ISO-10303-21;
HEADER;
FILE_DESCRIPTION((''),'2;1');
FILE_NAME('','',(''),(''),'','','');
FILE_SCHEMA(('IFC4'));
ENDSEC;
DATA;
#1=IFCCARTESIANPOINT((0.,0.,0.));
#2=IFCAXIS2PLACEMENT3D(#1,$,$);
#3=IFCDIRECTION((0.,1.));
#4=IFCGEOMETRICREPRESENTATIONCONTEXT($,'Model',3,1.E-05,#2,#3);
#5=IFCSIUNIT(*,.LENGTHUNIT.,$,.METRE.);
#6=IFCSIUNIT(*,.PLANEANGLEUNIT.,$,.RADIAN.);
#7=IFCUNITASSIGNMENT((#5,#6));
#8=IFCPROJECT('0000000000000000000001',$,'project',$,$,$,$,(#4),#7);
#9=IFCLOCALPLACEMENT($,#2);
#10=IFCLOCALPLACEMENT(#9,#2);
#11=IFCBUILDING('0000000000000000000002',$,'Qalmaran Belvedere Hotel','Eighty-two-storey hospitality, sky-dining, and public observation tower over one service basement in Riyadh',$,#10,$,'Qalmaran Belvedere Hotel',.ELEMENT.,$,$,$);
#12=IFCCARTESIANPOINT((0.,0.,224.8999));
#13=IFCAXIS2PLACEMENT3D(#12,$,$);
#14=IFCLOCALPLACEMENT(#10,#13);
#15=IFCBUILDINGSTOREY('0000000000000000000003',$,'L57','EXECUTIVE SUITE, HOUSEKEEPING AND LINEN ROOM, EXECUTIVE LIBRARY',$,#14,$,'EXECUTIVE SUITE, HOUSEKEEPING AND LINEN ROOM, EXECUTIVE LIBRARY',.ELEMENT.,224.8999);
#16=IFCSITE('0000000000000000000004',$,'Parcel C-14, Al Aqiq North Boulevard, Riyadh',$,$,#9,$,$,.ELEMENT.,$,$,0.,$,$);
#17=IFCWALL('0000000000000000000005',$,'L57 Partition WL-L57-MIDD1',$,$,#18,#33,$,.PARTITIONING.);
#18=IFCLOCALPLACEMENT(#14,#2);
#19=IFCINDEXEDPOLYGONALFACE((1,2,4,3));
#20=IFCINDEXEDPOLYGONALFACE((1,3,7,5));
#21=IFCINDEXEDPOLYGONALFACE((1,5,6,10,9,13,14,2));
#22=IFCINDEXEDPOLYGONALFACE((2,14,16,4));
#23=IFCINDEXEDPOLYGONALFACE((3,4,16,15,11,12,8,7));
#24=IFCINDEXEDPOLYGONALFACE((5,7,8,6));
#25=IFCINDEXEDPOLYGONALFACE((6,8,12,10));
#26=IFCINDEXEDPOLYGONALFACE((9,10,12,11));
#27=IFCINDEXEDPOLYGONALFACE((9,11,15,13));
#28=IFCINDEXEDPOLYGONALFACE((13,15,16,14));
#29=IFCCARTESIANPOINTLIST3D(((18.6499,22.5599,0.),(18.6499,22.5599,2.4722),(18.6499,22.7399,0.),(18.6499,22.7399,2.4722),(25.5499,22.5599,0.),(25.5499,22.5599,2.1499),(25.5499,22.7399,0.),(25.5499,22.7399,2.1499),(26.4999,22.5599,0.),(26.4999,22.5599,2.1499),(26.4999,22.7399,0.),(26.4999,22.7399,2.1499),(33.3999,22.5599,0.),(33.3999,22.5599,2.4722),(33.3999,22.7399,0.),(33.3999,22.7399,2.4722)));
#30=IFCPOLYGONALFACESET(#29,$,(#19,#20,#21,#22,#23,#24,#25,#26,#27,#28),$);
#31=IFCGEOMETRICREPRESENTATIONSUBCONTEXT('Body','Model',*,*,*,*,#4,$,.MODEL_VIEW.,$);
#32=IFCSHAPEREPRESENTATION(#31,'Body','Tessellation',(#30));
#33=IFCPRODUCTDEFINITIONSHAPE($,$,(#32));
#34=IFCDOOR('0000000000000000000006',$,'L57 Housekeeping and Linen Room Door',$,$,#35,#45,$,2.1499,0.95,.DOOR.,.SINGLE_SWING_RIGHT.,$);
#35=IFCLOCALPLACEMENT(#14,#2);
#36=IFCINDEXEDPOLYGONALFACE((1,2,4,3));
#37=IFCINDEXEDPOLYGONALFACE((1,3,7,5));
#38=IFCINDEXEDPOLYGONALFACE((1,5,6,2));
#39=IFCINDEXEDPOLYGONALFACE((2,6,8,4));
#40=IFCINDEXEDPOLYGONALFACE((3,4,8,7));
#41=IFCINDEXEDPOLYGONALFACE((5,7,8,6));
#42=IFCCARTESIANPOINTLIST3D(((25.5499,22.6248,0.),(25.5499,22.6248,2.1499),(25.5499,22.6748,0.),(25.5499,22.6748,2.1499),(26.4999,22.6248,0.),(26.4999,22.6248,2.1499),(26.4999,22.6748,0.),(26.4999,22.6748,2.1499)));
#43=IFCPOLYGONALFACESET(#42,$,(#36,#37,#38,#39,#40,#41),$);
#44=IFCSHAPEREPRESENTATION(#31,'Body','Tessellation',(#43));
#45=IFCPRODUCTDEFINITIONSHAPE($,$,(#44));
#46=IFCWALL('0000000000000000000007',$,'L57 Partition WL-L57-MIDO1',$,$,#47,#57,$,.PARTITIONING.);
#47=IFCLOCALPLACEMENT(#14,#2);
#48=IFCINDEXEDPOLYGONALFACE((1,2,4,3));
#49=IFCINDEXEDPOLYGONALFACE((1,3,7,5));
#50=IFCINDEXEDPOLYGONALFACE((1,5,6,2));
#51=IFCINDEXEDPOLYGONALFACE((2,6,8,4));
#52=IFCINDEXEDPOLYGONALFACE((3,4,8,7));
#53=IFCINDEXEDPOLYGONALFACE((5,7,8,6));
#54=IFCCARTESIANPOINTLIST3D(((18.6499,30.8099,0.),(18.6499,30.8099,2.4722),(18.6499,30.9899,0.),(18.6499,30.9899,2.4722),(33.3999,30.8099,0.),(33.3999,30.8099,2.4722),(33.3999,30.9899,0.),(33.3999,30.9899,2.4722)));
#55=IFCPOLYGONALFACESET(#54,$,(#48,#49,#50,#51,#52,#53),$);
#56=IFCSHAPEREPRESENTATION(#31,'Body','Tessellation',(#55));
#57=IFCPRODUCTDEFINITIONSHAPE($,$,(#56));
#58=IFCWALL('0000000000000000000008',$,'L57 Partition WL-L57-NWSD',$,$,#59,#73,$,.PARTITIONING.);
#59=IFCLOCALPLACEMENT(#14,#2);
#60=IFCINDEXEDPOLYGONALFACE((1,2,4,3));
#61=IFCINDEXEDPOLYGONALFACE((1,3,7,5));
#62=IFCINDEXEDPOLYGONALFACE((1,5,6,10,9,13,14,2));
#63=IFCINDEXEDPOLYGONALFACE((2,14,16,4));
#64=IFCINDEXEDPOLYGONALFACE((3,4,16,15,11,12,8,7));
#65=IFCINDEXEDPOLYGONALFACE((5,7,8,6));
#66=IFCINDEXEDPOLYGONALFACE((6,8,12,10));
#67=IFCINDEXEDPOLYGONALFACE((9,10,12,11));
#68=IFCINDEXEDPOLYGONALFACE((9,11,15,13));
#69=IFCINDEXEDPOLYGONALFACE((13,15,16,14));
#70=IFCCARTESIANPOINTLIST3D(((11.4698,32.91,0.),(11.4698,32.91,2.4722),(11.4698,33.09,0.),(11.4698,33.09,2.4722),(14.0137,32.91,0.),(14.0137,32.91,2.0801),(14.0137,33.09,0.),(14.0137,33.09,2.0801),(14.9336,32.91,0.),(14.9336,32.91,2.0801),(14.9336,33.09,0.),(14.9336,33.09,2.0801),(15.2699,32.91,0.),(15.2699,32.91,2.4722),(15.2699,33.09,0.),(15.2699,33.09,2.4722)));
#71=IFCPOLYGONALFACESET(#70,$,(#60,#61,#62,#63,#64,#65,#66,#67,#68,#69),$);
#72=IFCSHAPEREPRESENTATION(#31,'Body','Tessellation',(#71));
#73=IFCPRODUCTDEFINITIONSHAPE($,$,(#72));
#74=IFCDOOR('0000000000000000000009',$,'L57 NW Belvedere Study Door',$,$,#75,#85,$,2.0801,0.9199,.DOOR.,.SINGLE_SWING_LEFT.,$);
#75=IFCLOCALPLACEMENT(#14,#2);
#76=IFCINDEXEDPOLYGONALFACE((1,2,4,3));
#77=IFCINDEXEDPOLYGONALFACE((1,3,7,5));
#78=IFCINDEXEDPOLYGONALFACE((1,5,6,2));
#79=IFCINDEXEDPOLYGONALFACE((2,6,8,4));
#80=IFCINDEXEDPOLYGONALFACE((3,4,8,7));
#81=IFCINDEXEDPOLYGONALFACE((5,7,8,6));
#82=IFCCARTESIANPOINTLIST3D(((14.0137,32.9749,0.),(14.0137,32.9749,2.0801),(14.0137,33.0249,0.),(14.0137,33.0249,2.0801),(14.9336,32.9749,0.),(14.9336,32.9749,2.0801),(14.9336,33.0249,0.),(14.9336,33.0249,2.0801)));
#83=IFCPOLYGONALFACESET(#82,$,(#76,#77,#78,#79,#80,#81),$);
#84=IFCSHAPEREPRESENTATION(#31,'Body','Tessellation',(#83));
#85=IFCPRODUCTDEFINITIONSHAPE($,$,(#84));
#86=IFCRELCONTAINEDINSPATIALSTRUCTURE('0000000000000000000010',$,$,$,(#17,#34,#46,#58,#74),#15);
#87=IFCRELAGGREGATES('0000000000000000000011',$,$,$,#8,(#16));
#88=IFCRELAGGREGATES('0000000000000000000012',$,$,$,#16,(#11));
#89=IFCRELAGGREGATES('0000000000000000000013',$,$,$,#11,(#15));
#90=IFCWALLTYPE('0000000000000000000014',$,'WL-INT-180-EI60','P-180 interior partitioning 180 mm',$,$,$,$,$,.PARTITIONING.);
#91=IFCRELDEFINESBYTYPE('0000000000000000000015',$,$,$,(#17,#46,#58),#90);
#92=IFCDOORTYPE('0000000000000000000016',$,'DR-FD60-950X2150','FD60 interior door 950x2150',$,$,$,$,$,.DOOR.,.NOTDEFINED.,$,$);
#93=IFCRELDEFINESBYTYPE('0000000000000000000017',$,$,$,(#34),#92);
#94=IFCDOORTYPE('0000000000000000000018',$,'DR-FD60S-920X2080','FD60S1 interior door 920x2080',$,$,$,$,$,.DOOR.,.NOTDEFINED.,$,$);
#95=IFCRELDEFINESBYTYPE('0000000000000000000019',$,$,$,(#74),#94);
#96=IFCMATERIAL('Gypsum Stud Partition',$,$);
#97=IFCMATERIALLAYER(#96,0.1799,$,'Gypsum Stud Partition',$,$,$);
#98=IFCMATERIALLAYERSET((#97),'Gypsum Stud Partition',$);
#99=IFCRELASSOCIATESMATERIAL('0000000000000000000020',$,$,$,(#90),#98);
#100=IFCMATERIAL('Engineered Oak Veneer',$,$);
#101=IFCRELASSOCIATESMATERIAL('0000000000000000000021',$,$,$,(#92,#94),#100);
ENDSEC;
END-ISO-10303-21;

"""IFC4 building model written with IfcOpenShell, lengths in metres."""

from ifc_helpers import new_model, si_unit, direction, frame, frame_2d, origin, place, context, subcontext, project, spatial, rectangle, extrude, material, layer, layer_set, type_object, element, fill, save


model = new_model("IFC4")

# Units and contexts
model_context = context("Model", 3, precision=1e-05, world=origin(), true_north=direction((0.0, 1.0)))
body_context = subcontext(model_context, "Body", "Model", "MODEL_VIEW")
ifc_project = project(units=[si_unit("LENGTHUNIT", "METRE"), si_unit("PLANEANGLEUNIT", "RADIAN")], contexts=[model_context])

# Site, building, storey
site_placement = place(None, origin())
site = spatial("IfcSite", under=ifc_project, at=site_placement, Name="Parcel C-14, Al Aqiq North Boulevard, Riyadh", CompositionType="ELEMENT", RefElevation=0.0)
building_placement = place(site_placement, origin())
building = spatial("IfcBuilding", under=site, at=building_placement, Name="Qalmaran Belvedere Hotel", Description="Eighty-two-storey hospitality, sky-dining, and public observation tower over one service basement in Riyadh", LongName="Qalmaran Belvedere Hotel", CompositionType="ELEMENT")
storey_placement = place(building_placement, frame((0.0, 0.0, 224.8999)))
storey = spatial("IfcBuildingStorey", under=building, at=storey_placement, Name="L57", Description="EXECUTIVE SUITE, HOUSEKEEPING AND LINEN ROOM, EXECUTIVE LIBRARY", LongName="EXECUTIVE SUITE, HOUSEKEEPING AND LINEN ROOM, EXECUTIVE LIBRARY", CompositionType="ELEMENT", Elevation=224.8999)

# Shared definitions
ifc_material_1 = material(Name="Gypsum Stud Partition")

# Wall, opening, door
ifc_layer_1 = layer(ifc_material_1, 0.1799, Name="Gypsum Stud Partition")
ifc_layer_set_1 = layer_set([ifc_layer_1], Name="Gypsum Stud Partition")
wall_type_1 = type_object("IfcWallType", Name="WL-INT-180-EI60", Description="P-180 interior partitioning 180 mm", PredefinedType="PARTITIONING", material=ifc_layer_set_1)
wall_1_placement = place(storey_placement, frame((18.6499, 22.6499, 0.0), z_axis=(0.0, 0.0, 1.0), x_axis=(1.0, 0.0, 0.0)))
wall_1 = element("IfcWall", 1, at=wall_1_placement, inside=storey, type_object=wall_type_1, Name="L57 Partition WL-L57-MIDD1", PredefinedType="PARTITIONING", context=body_context, shape_type="SweptSolid", body=[
    extrude(rectangle(XDim=14.75, YDim=0.1799, at=frame_2d((7.375, 0.0))), origin(), (0.0, 0.0, 1.0), 2.4722),
])
opening_1_placement = place(wall_1_placement, frame((6.8999, 0.0, 0.0)))
opening_1 = element("IfcOpeningElement", 2, at=opening_1_placement, cuts=wall_1, PredefinedType="OPENING", context=body_context, shape_type="SweptSolid", body=[
    extrude(rectangle(XDim=0.95, YDim=2.1499, at=frame_2d((0.4751, 1.075))), frame((0.0, 0.1001, 0.0), z_axis=(0.0, -1.0, 0.0), x_axis=(1.0, 0.0, 0.0)), (0.0, 0.0, 1.0), 0.2),
])
ifc_material_2 = material(Name="Engineered Oak Veneer")
door_type_1 = type_object("IfcDoorType", Name="DR-FD60-950X2150", Description="FD60 interior door 950x2150", OperationType="NOTDEFINED", PredefinedType="DOOR", material=ifc_material_2)
door_1_placement = place(opening_1_placement, origin())
door_1 = element("IfcDoor", 3, at=door_1_placement, inside=storey, type_object=door_type_1, Name="L57 Housekeeping and Linen Room Door", OperationType="SINGLE_SWING_RIGHT", OverallHeight=2.1499, OverallWidth=0.95, PredefinedType="DOOR", context=body_context, shape_type="SweptSolid", body=[
    extrude(rectangle(XDim=0.95, YDim=2.1499, at=frame_2d((0.4751, 1.075))), frame((0.0, 0.0249, 0.0), z_axis=(0.0, -1.0, 0.0), x_axis=(1.0, 0.0, 0.0)), (0.0, 0.0, 1.0), 0.05),
])
fill(opening_1, door_1)

# Wall
wall_2_placement = place(storey_placement, frame((18.6499, 30.8999, 0.0), z_axis=(0.0, 0.0, 1.0), x_axis=(1.0, 0.0, 0.0)))
element("IfcWall", 4, at=wall_2_placement, inside=storey, type_object=wall_type_1, Name="L57 Partition WL-L57-MIDO1", PredefinedType="PARTITIONING", context=body_context, shape_type="SweptSolid", body=[
    extrude(rectangle(XDim=14.75, YDim=0.1799, at=frame_2d((7.375, 0.0))), origin(), (0.0, 0.0, 1.0), 2.4722),
])

# Wall, opening, door
wall_3_placement = place(storey_placement, frame((11.47, 33.0, 0.0), z_axis=(0.0, 0.0, 1.0), x_axis=(1.0, 0.0, 0.0)))
wall_3 = element("IfcWall", 5, at=wall_3_placement, inside=storey, type_object=wall_type_1, Name="L57 Partition WL-L57-NWSD", PredefinedType="PARTITIONING", context=body_context, shape_type="SweptSolid", body=[
    extrude(rectangle(XDim=3.8, YDim=0.1799, at=frame_2d((1.8999, 0.0))), origin(), (0.0, 0.0, 1.0), 2.4722),
])
opening_2_placement = place(wall_3_placement, frame((2.5437, 0.0, 0.0)))
opening_2 = element("IfcOpeningElement", 6, at=opening_2_placement, cuts=wall_3, PredefinedType="OPENING", context=body_context, shape_type="SweptSolid", body=[
    extrude(rectangle(XDim=0.9199, YDim=2.0801, at=frame_2d((0.46, 1.04))), frame((0.0, 0.1001, 0.0), z_axis=(0.0, -1.0, 0.0), x_axis=(1.0, 0.0, 0.0)), (0.0, 0.0, 1.0), 0.2),
])
door_type_2 = type_object("IfcDoorType", Name="DR-FD60S-920X2080", Description="FD60S1 interior door 920x2080", OperationType="NOTDEFINED", PredefinedType="DOOR", material=ifc_material_2)
door_2_placement = place(opening_2_placement, origin())
door_2 = element("IfcDoor", 7, at=door_2_placement, inside=storey, type_object=door_type_2, Name="L57 NW Belvedere Study Door", OperationType="SINGLE_SWING_LEFT", OverallHeight=2.0801, OverallWidth=0.9199, PredefinedType="DOOR", context=body_context, shape_type="SweptSolid", body=[
    extrude(rectangle(XDim=0.9199, YDim=2.0801, at=frame_2d((0.46, 1.04))), frame((0.0, 0.0249, 0.0), z_axis=(0.0, -1.0, 0.0), x_axis=(1.0, 0.0, 0.0)), (0.0, 0.0, 1.0), 0.05),
])
fill(opening_2, door_2)

save(model, "model.ifc")
